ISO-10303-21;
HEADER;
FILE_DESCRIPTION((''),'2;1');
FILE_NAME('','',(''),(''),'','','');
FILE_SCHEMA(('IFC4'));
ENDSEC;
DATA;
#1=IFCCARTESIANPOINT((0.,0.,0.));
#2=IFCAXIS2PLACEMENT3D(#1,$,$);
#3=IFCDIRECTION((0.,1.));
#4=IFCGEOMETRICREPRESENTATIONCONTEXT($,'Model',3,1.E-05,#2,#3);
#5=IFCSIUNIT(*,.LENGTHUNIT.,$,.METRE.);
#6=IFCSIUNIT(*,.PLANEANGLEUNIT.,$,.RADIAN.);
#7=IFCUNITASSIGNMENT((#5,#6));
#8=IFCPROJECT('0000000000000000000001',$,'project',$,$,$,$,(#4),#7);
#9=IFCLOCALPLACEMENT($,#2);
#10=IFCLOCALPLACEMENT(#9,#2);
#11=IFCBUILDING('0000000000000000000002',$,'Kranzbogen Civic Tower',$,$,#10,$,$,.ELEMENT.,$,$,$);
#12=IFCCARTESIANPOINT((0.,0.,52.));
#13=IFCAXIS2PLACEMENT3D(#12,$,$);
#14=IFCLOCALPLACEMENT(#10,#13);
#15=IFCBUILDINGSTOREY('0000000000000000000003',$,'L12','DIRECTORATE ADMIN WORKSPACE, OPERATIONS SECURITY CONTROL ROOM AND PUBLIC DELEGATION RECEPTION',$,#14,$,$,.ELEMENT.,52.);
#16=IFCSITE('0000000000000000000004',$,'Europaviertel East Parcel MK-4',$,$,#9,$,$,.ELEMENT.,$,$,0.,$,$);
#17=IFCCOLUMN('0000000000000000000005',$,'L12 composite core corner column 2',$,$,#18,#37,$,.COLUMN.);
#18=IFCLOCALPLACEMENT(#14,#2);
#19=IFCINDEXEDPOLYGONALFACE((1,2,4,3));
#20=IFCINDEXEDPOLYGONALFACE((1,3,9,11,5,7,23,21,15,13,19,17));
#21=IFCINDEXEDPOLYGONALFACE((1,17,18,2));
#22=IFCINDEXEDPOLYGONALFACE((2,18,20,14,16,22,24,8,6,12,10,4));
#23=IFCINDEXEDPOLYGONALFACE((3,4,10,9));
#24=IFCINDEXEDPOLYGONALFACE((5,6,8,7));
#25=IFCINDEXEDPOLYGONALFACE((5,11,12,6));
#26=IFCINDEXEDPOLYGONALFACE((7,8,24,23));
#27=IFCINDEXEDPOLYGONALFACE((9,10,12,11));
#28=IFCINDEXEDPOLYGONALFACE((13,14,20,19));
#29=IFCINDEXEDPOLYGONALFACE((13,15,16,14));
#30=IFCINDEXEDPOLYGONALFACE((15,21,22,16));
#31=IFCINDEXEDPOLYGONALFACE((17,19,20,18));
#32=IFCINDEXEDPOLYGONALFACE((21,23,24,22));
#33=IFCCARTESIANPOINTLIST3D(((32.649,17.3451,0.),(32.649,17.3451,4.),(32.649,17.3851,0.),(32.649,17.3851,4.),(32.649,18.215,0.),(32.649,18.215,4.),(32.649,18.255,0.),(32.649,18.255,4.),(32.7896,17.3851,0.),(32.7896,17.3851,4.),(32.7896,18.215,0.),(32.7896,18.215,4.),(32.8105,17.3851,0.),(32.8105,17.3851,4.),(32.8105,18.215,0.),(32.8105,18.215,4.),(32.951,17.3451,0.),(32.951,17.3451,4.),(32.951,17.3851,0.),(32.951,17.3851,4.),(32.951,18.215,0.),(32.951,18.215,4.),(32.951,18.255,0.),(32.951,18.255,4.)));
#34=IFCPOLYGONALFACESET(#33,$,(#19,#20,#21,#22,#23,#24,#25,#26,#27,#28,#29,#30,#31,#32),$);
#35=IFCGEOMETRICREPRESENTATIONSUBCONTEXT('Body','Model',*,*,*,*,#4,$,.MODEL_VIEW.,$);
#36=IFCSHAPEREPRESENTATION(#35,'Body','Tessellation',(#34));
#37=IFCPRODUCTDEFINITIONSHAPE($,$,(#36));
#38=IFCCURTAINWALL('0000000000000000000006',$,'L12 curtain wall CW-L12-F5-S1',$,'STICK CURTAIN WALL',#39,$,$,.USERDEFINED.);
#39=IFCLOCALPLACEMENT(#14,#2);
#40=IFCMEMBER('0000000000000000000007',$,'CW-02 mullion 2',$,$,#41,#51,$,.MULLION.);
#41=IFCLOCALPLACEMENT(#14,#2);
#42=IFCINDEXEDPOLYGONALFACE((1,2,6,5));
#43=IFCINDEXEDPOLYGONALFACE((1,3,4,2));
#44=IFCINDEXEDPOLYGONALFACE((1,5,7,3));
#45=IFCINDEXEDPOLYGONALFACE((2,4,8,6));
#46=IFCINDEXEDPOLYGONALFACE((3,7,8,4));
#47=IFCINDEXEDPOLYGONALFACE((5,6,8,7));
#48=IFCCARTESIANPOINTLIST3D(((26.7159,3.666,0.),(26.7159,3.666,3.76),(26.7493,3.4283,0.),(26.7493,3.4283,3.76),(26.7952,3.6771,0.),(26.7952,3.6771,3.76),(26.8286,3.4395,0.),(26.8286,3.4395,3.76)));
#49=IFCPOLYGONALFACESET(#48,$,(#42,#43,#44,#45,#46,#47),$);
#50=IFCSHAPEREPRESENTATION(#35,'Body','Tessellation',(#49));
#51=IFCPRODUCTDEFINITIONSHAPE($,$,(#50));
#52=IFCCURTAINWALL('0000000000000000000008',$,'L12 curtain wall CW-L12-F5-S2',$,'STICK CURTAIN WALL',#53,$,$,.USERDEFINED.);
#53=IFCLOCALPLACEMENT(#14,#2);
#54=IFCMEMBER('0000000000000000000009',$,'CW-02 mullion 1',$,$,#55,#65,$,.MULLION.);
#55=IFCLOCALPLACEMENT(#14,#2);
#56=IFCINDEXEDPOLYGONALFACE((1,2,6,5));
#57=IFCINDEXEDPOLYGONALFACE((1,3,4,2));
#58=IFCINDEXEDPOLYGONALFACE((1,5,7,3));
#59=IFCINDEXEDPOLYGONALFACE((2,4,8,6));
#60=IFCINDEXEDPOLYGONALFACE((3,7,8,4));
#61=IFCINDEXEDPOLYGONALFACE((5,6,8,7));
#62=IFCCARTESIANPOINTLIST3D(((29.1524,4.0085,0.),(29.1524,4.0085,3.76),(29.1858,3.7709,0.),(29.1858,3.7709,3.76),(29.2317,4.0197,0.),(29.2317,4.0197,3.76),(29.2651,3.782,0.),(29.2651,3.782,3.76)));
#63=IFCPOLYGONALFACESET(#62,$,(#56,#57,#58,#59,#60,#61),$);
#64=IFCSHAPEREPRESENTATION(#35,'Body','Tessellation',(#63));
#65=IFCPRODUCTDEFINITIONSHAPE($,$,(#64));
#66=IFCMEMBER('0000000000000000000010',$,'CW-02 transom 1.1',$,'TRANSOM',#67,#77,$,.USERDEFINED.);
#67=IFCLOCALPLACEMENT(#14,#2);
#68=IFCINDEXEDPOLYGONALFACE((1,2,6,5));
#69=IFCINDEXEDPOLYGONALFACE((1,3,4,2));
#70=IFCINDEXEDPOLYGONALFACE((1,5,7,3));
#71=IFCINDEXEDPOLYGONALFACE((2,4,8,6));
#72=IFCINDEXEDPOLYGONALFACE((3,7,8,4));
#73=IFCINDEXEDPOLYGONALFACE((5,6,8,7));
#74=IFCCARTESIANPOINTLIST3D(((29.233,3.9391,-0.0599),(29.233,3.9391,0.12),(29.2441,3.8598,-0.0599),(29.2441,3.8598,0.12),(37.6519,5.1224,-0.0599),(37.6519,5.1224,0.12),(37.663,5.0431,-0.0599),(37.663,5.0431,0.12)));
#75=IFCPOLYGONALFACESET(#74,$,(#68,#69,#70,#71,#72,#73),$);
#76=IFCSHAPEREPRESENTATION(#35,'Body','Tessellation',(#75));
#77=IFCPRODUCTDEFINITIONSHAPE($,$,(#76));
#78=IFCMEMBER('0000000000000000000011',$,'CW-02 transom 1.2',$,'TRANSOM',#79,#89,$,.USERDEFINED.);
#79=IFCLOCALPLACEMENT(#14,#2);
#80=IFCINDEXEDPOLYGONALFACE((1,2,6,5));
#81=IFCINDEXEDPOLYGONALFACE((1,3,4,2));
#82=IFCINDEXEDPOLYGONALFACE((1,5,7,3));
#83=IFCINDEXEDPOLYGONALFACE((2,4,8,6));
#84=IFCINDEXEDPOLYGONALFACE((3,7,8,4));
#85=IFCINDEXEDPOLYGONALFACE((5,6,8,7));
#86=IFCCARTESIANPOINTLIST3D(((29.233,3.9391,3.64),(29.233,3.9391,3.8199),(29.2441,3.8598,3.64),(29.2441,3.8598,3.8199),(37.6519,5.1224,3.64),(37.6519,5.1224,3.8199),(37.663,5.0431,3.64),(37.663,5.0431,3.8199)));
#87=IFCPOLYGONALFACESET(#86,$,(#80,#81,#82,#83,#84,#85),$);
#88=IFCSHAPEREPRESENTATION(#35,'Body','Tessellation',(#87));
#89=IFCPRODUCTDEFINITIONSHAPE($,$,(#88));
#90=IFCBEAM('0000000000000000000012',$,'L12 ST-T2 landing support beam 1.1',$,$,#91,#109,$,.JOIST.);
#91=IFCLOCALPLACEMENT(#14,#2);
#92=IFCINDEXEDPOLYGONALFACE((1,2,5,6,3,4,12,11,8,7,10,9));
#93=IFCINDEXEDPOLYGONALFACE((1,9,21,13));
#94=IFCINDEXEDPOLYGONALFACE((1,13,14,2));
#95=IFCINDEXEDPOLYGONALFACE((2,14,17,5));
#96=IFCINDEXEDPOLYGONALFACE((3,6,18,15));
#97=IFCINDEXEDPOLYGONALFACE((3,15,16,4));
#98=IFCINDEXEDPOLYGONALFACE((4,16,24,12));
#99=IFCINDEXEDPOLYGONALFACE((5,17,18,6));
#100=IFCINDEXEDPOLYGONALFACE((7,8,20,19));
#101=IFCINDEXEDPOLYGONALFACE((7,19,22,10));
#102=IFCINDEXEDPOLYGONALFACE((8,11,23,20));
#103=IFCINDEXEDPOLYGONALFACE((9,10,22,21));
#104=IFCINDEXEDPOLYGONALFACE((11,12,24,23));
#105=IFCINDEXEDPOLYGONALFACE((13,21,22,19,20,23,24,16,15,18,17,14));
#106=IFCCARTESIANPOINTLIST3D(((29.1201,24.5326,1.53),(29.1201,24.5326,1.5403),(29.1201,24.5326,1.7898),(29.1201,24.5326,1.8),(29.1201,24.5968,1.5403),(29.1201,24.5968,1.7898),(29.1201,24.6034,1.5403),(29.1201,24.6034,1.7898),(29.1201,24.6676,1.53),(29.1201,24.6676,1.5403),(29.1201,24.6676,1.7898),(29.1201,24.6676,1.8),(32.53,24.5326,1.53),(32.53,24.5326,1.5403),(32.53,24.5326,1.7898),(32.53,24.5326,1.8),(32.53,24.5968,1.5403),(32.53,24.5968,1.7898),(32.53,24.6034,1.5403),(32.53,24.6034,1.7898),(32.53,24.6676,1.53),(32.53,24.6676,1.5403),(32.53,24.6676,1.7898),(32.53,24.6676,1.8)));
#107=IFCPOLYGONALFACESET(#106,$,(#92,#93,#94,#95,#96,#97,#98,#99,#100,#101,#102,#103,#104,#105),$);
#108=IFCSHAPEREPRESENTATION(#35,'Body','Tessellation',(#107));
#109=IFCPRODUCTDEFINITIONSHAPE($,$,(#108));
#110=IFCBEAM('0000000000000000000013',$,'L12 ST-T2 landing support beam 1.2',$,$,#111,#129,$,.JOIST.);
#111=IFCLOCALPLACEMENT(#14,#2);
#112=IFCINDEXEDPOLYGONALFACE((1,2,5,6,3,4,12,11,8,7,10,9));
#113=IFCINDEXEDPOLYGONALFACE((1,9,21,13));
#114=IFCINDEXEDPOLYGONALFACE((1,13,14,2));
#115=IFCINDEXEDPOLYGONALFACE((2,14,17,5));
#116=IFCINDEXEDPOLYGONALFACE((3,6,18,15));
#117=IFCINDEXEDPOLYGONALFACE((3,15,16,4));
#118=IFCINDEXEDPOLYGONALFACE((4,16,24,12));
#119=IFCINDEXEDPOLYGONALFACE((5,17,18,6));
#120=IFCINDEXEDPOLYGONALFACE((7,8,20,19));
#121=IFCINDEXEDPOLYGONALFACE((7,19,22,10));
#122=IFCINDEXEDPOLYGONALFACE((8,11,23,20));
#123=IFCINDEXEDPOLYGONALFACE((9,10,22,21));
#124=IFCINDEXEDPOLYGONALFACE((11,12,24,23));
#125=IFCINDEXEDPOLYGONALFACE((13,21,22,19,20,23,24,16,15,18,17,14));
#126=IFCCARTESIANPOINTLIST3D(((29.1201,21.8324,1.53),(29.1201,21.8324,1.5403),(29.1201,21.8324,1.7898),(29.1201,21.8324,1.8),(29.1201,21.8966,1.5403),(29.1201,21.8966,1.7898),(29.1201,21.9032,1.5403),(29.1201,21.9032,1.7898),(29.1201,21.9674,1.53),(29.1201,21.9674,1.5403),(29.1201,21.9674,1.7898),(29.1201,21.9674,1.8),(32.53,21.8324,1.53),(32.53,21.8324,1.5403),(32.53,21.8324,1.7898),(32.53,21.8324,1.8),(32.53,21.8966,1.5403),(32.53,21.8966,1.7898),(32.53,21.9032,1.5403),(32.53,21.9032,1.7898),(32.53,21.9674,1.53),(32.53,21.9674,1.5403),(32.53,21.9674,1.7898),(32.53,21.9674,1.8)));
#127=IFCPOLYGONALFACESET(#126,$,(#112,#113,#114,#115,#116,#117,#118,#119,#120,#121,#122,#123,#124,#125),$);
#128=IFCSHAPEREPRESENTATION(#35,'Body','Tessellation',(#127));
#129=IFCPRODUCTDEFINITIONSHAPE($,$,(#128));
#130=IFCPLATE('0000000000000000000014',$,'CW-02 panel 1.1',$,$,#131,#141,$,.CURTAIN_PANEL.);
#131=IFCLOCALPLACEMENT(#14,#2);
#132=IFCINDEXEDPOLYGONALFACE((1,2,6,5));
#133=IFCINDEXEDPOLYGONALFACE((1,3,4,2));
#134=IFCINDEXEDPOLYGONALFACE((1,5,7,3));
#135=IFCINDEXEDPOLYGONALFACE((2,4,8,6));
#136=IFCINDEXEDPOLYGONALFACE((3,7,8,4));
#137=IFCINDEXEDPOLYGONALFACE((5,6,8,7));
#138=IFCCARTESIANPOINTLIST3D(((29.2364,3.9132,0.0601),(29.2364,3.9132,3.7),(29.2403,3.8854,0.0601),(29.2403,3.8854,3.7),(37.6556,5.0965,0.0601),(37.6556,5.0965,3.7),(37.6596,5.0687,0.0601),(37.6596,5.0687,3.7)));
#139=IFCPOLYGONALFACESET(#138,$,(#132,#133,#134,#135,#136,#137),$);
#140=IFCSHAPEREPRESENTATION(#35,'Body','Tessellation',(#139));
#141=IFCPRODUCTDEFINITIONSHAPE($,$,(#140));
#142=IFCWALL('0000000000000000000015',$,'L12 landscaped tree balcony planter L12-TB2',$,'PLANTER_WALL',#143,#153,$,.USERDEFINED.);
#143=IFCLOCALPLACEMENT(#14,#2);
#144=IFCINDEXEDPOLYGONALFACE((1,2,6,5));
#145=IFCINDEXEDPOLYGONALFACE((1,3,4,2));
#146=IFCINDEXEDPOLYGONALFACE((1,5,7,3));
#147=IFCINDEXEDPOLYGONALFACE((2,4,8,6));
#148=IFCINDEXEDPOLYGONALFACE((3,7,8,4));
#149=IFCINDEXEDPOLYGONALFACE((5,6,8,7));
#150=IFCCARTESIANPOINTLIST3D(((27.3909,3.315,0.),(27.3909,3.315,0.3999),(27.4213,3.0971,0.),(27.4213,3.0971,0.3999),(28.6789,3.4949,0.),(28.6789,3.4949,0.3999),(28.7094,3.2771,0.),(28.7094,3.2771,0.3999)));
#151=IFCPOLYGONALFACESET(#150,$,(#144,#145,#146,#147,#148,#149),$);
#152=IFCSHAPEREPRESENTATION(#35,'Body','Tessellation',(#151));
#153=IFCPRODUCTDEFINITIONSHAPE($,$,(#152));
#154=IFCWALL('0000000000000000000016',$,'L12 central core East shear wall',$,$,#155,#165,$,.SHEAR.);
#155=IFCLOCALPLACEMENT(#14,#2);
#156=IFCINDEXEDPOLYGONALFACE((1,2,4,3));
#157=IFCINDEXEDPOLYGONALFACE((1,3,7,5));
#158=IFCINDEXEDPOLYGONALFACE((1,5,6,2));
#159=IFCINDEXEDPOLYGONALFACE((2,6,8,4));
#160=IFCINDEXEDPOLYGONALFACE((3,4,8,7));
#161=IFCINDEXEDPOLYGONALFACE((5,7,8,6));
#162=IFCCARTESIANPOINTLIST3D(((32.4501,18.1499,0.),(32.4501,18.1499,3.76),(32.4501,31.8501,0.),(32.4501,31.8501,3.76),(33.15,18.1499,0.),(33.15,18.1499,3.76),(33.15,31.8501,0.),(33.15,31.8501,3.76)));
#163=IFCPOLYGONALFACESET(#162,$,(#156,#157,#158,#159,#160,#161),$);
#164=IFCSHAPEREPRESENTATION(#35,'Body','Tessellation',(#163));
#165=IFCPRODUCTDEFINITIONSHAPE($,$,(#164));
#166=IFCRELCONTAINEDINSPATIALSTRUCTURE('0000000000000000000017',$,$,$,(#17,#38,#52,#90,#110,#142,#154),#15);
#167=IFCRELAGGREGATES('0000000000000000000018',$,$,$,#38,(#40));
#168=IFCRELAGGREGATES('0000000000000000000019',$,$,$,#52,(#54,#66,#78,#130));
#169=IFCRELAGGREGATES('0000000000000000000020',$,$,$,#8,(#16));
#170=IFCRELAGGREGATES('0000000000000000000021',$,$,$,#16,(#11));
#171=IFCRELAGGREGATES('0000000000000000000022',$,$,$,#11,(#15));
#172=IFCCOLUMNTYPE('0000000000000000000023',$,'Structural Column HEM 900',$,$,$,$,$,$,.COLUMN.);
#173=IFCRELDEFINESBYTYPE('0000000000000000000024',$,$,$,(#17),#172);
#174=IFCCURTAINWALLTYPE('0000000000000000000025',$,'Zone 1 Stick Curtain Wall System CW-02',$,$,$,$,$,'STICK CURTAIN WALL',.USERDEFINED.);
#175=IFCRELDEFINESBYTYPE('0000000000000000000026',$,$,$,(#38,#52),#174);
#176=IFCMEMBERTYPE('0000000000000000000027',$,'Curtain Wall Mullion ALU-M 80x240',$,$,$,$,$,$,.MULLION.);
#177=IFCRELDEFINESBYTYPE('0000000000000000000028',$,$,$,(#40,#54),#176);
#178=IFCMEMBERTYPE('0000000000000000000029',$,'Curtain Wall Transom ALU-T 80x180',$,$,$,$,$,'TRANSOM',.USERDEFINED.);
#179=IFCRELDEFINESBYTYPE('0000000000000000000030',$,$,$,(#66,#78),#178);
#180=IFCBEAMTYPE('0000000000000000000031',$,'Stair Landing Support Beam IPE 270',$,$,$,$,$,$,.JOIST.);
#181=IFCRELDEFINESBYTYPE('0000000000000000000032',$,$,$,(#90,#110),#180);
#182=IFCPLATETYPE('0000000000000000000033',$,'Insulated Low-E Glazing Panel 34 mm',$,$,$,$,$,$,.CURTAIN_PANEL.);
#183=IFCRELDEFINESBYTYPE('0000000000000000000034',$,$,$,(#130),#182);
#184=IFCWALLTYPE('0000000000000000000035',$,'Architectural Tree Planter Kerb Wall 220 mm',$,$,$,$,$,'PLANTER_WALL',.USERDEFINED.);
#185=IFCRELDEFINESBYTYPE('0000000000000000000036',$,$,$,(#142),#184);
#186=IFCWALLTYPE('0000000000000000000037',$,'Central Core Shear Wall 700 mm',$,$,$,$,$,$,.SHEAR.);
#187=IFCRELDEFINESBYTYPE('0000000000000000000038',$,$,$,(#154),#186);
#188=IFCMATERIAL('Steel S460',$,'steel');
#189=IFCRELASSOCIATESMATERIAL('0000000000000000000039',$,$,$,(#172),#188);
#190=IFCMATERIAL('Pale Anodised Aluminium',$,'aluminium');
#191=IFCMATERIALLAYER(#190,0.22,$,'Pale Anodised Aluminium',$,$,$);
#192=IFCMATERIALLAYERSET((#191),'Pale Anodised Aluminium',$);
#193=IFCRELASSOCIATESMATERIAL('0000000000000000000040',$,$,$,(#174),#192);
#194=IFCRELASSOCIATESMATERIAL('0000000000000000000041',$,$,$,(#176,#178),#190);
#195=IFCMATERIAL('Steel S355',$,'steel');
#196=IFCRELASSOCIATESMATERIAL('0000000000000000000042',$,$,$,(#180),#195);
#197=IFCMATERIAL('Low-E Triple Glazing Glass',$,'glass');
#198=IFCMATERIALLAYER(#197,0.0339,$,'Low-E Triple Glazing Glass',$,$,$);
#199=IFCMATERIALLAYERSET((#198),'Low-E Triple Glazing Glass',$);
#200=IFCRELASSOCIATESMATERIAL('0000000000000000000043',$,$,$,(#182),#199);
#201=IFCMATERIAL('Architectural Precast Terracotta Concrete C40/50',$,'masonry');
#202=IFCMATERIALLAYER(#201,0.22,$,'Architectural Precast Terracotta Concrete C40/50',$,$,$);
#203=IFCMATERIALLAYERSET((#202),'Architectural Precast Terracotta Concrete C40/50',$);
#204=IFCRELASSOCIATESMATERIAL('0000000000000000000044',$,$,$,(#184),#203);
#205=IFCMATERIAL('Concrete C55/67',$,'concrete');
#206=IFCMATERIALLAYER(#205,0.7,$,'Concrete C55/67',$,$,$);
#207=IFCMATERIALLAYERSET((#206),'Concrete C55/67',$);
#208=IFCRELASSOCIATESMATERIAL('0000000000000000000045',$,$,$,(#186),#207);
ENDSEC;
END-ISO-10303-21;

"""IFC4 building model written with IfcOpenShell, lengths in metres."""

from ifc_helpers import new_model, si_unit, direction, frame, frame_2d, origin, origin_2d, place, context, subcontext, project, spatial, rectangle, i_section, extrude, material, layer, layer_set, material_profile, profile_set, type_object, element, aggregate, save


model = new_model("IFC4")

# Units and contexts
model_context = context("Model", 3, precision=1e-05, world=origin(), true_north=direction((0.0, 1.0)))
body_context = subcontext(model_context, "Body", "Model", "MODEL_VIEW")
ifc_project = project(units=[si_unit("LENGTHUNIT", "METRE"), si_unit("PLANEANGLEUNIT", "RADIAN")], contexts=[model_context])

# Site, building, storey
site_placement = place(None, origin())
site = spatial("IfcSite", under=ifc_project, at=site_placement, Name="Europaviertel East Parcel MK-4", CompositionType="ELEMENT", RefElevation=0.0)
building_placement = place(site_placement, origin())
building = spatial("IfcBuilding", under=site, at=building_placement, Name="Kranzbogen Civic Tower", CompositionType="ELEMENT")
storey_placement = place(building_placement, frame((0.0, 0.0, 52.0)))
storey = spatial("IfcBuildingStorey", under=building, at=storey_placement, Name="L12", Description="DIRECTORATE ADMIN WORKSPACE, OPERATIONS SECURITY CONTROL ROOM AND PUBLIC DELEGATION RECEPTION", CompositionType="ELEMENT", Elevation=52.0)

# Column
ifc_material_1 = material(Name="Steel S460", Category="steel")
ifc_material_profile_1 = material_profile(ifc_material_1, i_section(OverallWidth=0.302, OverallDepth=0.9099, WebThickness=0.021, FlangeThickness=0.04, at=origin_2d()), Name="HEM 900")
ifc_profile_set_1 = profile_set([ifc_material_profile_1], Name="Steel S460")
column_type = type_object("IfcColumnType", Name="Structural Column HEM 900", PredefinedType="COLUMN", material=ifc_profile_set_1)
column_placement = place(storey_placement, frame((32.8, 17.8, 0.0), z_axis=(0.0, 0.0, 1.0), x_axis=(1.0, 0.0, 0.0)))
element("IfcColumn", 1, at=column_placement, inside=storey, type_object=column_type, Name="L12 composite core corner column 2", PredefinedType="COLUMN", context=body_context, shape_type="SweptSolid", body=[
    extrude(i_section(OverallWidth=0.302, OverallDepth=0.9099, WebThickness=0.021, FlangeThickness=0.04, at=origin_2d()), origin(), (0.0, 0.0, 1.0), 4.0),
])

# Curtain wall, member
ifc_material_2 = material(Name="Pale Anodised Aluminium", Category="aluminium")
ifc_layer_1 = layer(ifc_material_2, 0.22, Name="Pale Anodised Aluminium")
ifc_layer_set_1 = layer_set([ifc_layer_1], Name="Pale Anodised Aluminium")
curtain_wall_type = type_object("IfcCurtainWallType", Name="Zone 1 Stick Curtain Wall System CW-02", ElementType="STICK CURTAIN WALL", PredefinedType="USERDEFINED", material=ifc_layer_set_1)
curtain_wall_1_placement = place(storey_placement, origin())
curtain_wall_1 = element("IfcCurtainWall", 2, at=curtain_wall_1_placement, inside=storey, type_object=curtain_wall_type, Name="L12 curtain wall CW-L12-F5-S1", ObjectType="STICK CURTAIN WALL", PredefinedType="USERDEFINED")
ifc_material_profile_2 = material_profile(ifc_material_2, rectangle(XDim=0.0801, YDim=0.24, at=origin_2d()), Name="ALU-M 80x240")
ifc_profile_set_2 = profile_set([ifc_material_profile_2], Name="Pale Anodised Aluminium")
member_type_1 = type_object("IfcMemberType", Name="Curtain Wall Mullion ALU-M 80x240", PredefinedType="MULLION", material=ifc_profile_set_2)
member_1_placement = place(storey_placement, frame((26.7722, 3.5527, 0.0), z_axis=(0.0, 0.0, 1.0), x_axis=(0.990267, 0.13918, 0.0)))
member_1 = element("IfcMember", 3, at=member_1_placement, type_object=member_type_1, Name="CW-02 mullion 2", PredefinedType="MULLION", context=body_context, shape_type="SweptSolid", body=[
    extrude(rectangle(XDim=0.0801, YDim=0.24, at=origin_2d()), origin(), (0.0, 0.0, 1.0), 3.76),
])
aggregate(curtain_wall_1, [member_1])

# Curtain wall, members
curtain_wall_2_placement = place(storey_placement, origin())
curtain_wall_2 = element("IfcCurtainWall", 4, at=curtain_wall_2_placement, inside=storey, type_object=curtain_wall_type, Name="L12 curtain wall CW-L12-F5-S2", ObjectType="STICK CURTAIN WALL", PredefinedType="USERDEFINED")
member_2_placement = place(storey_placement, frame((29.2087, 3.8953, 0.0), z_axis=(0.0, 0.0, 1.0), x_axis=(0.990267, 0.13918, 0.0)))
member_2 = element("IfcMember", 5, at=member_2_placement, type_object=member_type_1, Name="CW-02 mullion 1", PredefinedType="MULLION", context=body_context, shape_type="SweptSolid", body=[
    extrude(rectangle(XDim=0.0801, YDim=0.24, at=origin_2d()), origin(), (0.0, 0.0, 1.0), 3.76),
])
ifc_material_profile_3 = material_profile(ifc_material_2, rectangle(XDim=0.0801, YDim=0.1799, at=origin_2d()), Name="ALU-T 80x180")
ifc_profile_set_3 = profile_set([ifc_material_profile_3], Name="Pale Anodised Aluminium")
member_type_2 = type_object("IfcMemberType", Name="Curtain Wall Transom ALU-T 80x180", ElementType="TRANSOM", PredefinedType="USERDEFINED", material=ifc_profile_set_3)
member_3_placement = place(storey_placement, frame((29.2385, 3.8994, 0.03), z_axis=(0.990266, 0.13919, 0.0), x_axis=(-0.13919, 0.990266, 0.0)))
member_3 = element("IfcMember", 6, at=member_3_placement, type_object=member_type_2, Name="CW-02 transom 1.1", ObjectType="TRANSOM", PredefinedType="USERDEFINED", context=body_context, shape_type="SweptSolid", body=[
    extrude(rectangle(XDim=0.0801, YDim=0.1799, at=origin_2d()), origin(), (0.0, 0.0, 1.0), 8.5017),
])
member_4_placement = place(storey_placement, frame((29.2385, 3.8994, 3.73), z_axis=(0.990266, 0.13919, 0.0), x_axis=(-0.13919, 0.990266, 0.0)))
member_4 = element("IfcMember", 7, at=member_4_placement, type_object=member_type_2, Name="CW-02 transom 1.2", ObjectType="TRANSOM", PredefinedType="USERDEFINED", context=body_context, shape_type="SweptSolid", body=[
    extrude(rectangle(XDim=0.0801, YDim=0.1799, at=origin_2d()), origin(), (0.0, 0.0, 1.0), 8.5017),
])

# Beams
ifc_material_3 = material(Name="Steel S355", Category="steel")
ifc_material_profile_4 = material_profile(ifc_material_3, i_section(OverallWidth=0.135, OverallDepth=0.27, WebThickness=0.0066, FlangeThickness=0.0103, at=origin_2d()), Name="IPE 270")
ifc_profile_set_4 = profile_set([ifc_material_profile_4], Name="Steel S355")
beam_type = type_object("IfcBeamType", Name="Stair Landing Support Beam IPE 270", PredefinedType="JOIST", material=ifc_profile_set_4)
for number, where, z_axis, x_axis, name in (
    (8, (29.1201, 24.6001, 1.665), (1.0, 0.0, 0.0), (0.0, 1.0, 0.0), "L12 ST-T2 landing support beam 1.1"),
    (9, (29.1201, 21.8999, 1.665), (1.0, 0.0, 0.0), (0.0, 1.0, 0.0), "L12 ST-T2 landing support beam 1.2"),
):
    element("IfcBeam", number, at=place(storey_placement, frame(where, z_axis=z_axis, x_axis=x_axis)), inside=storey, type_object=beam_type, Name=name, PredefinedType="JOIST", context=body_context, shape_type="SweptSolid", body=[
        extrude(i_section(OverallWidth=0.135, OverallDepth=0.27, WebThickness=0.0066, FlangeThickness=0.0103, at=origin_2d()), origin(), (0.0, 0.0, 1.0), 3.4099),
    ])

# Plate
ifc_material_4 = material(Name="Low-E Triple Glazing Glass", Category="glass")
ifc_layer_2 = layer(ifc_material_4, 0.0339, Name="Low-E Triple Glazing Glass")
ifc_layer_set_2 = layer_set([ifc_layer_2], Name="Low-E Triple Glazing Glass")
plate_type = type_object("IfcPlateType", Name="Insulated Low-E Glazing Panel 34 mm", PredefinedType="CURTAIN_PANEL", material=ifc_layer_set_2)
plate_placement = place(storey_placement, frame((33.448, 4.491, 0.0601), z_axis=(0.0, 0.0, 1.0), x_axis=(0.990267, 0.13918, 0.0)))
plate = element("IfcPlate", 10, at=plate_placement, type_object=plate_type, Name="CW-02 panel 1.1", PredefinedType="CURTAIN_PANEL", context=body_context, shape_type="SweptSolid", body=[
    extrude(rectangle(XDim=8.502, YDim=0.0281, at=origin_2d()), origin(), (0.0, 0.0, 1.0), 3.6399),
])
aggregate(curtain_wall_2, [member_2, member_3, member_4, plate])

# Walls
ifc_material_5 = material(Name="Architectural Precast Terracotta Concrete C40/50", Category="masonry")
ifc_layer_3 = layer(ifc_material_5, 0.22, Name="Architectural Precast Terracotta Concrete C40/50")
ifc_layer_set_3 = layer_set([ifc_layer_3], Name="Architectural Precast Terracotta Concrete C40/50")
wall_type_1 = type_object("IfcWallType", Name="Architectural Tree Planter Kerb Wall 220 mm", ElementType="PLANTER_WALL", PredefinedType="USERDEFINED", material=ifc_layer_set_3)
wall_1_placement = place(storey_placement, frame((27.406, 3.2061, 0.0), z_axis=(0.0, 0.0, 1.0), x_axis=(0.990384, 0.138346, 0.0)))
element("IfcWall", 11, at=wall_1_placement, inside=storey, type_object=wall_type_1, Name="L12 landscaped tree balcony planter L12-TB2", ObjectType="PLANTER_WALL", PredefinedType="USERDEFINED", context=body_context, shape_type="SweptSolid", body=[
    extrude(rectangle(XDim=1.3005, YDim=0.22, at=frame_2d((0.6504, 0.0))), origin(), (0.0, 0.0, 1.0), 0.3999),
])
ifc_material_6 = material(Name="Concrete C55/67", Category="concrete")
ifc_layer_4 = layer(ifc_material_6, 0.7, Name="Concrete C55/67")
ifc_layer_set_4 = layer_set([ifc_layer_4], Name="Concrete C55/67")
wall_type_2 = type_object("IfcWallType", Name="Central Core Shear Wall 700 mm", PredefinedType="SHEAR", material=ifc_layer_set_4)
wall_2_placement = place(storey_placement, frame((32.8, 18.1499, 0.0), z_axis=(0.0, 0.0, 1.0), x_axis=(0.0, 1.0, 0.0)))
element("IfcWall", 12, at=wall_2_placement, inside=storey, type_object=wall_type_2, Name="L12 central core East shear wall", PredefinedType="SHEAR", context=body_context, shape_type="SweptSolid", body=[
    extrude(rectangle(XDim=13.7002, YDim=0.7, at=frame_2d((6.8501, 0.0))), origin(), (0.0, 0.0, 1.0), 3.76),
])

save(model, "model.ifc")
